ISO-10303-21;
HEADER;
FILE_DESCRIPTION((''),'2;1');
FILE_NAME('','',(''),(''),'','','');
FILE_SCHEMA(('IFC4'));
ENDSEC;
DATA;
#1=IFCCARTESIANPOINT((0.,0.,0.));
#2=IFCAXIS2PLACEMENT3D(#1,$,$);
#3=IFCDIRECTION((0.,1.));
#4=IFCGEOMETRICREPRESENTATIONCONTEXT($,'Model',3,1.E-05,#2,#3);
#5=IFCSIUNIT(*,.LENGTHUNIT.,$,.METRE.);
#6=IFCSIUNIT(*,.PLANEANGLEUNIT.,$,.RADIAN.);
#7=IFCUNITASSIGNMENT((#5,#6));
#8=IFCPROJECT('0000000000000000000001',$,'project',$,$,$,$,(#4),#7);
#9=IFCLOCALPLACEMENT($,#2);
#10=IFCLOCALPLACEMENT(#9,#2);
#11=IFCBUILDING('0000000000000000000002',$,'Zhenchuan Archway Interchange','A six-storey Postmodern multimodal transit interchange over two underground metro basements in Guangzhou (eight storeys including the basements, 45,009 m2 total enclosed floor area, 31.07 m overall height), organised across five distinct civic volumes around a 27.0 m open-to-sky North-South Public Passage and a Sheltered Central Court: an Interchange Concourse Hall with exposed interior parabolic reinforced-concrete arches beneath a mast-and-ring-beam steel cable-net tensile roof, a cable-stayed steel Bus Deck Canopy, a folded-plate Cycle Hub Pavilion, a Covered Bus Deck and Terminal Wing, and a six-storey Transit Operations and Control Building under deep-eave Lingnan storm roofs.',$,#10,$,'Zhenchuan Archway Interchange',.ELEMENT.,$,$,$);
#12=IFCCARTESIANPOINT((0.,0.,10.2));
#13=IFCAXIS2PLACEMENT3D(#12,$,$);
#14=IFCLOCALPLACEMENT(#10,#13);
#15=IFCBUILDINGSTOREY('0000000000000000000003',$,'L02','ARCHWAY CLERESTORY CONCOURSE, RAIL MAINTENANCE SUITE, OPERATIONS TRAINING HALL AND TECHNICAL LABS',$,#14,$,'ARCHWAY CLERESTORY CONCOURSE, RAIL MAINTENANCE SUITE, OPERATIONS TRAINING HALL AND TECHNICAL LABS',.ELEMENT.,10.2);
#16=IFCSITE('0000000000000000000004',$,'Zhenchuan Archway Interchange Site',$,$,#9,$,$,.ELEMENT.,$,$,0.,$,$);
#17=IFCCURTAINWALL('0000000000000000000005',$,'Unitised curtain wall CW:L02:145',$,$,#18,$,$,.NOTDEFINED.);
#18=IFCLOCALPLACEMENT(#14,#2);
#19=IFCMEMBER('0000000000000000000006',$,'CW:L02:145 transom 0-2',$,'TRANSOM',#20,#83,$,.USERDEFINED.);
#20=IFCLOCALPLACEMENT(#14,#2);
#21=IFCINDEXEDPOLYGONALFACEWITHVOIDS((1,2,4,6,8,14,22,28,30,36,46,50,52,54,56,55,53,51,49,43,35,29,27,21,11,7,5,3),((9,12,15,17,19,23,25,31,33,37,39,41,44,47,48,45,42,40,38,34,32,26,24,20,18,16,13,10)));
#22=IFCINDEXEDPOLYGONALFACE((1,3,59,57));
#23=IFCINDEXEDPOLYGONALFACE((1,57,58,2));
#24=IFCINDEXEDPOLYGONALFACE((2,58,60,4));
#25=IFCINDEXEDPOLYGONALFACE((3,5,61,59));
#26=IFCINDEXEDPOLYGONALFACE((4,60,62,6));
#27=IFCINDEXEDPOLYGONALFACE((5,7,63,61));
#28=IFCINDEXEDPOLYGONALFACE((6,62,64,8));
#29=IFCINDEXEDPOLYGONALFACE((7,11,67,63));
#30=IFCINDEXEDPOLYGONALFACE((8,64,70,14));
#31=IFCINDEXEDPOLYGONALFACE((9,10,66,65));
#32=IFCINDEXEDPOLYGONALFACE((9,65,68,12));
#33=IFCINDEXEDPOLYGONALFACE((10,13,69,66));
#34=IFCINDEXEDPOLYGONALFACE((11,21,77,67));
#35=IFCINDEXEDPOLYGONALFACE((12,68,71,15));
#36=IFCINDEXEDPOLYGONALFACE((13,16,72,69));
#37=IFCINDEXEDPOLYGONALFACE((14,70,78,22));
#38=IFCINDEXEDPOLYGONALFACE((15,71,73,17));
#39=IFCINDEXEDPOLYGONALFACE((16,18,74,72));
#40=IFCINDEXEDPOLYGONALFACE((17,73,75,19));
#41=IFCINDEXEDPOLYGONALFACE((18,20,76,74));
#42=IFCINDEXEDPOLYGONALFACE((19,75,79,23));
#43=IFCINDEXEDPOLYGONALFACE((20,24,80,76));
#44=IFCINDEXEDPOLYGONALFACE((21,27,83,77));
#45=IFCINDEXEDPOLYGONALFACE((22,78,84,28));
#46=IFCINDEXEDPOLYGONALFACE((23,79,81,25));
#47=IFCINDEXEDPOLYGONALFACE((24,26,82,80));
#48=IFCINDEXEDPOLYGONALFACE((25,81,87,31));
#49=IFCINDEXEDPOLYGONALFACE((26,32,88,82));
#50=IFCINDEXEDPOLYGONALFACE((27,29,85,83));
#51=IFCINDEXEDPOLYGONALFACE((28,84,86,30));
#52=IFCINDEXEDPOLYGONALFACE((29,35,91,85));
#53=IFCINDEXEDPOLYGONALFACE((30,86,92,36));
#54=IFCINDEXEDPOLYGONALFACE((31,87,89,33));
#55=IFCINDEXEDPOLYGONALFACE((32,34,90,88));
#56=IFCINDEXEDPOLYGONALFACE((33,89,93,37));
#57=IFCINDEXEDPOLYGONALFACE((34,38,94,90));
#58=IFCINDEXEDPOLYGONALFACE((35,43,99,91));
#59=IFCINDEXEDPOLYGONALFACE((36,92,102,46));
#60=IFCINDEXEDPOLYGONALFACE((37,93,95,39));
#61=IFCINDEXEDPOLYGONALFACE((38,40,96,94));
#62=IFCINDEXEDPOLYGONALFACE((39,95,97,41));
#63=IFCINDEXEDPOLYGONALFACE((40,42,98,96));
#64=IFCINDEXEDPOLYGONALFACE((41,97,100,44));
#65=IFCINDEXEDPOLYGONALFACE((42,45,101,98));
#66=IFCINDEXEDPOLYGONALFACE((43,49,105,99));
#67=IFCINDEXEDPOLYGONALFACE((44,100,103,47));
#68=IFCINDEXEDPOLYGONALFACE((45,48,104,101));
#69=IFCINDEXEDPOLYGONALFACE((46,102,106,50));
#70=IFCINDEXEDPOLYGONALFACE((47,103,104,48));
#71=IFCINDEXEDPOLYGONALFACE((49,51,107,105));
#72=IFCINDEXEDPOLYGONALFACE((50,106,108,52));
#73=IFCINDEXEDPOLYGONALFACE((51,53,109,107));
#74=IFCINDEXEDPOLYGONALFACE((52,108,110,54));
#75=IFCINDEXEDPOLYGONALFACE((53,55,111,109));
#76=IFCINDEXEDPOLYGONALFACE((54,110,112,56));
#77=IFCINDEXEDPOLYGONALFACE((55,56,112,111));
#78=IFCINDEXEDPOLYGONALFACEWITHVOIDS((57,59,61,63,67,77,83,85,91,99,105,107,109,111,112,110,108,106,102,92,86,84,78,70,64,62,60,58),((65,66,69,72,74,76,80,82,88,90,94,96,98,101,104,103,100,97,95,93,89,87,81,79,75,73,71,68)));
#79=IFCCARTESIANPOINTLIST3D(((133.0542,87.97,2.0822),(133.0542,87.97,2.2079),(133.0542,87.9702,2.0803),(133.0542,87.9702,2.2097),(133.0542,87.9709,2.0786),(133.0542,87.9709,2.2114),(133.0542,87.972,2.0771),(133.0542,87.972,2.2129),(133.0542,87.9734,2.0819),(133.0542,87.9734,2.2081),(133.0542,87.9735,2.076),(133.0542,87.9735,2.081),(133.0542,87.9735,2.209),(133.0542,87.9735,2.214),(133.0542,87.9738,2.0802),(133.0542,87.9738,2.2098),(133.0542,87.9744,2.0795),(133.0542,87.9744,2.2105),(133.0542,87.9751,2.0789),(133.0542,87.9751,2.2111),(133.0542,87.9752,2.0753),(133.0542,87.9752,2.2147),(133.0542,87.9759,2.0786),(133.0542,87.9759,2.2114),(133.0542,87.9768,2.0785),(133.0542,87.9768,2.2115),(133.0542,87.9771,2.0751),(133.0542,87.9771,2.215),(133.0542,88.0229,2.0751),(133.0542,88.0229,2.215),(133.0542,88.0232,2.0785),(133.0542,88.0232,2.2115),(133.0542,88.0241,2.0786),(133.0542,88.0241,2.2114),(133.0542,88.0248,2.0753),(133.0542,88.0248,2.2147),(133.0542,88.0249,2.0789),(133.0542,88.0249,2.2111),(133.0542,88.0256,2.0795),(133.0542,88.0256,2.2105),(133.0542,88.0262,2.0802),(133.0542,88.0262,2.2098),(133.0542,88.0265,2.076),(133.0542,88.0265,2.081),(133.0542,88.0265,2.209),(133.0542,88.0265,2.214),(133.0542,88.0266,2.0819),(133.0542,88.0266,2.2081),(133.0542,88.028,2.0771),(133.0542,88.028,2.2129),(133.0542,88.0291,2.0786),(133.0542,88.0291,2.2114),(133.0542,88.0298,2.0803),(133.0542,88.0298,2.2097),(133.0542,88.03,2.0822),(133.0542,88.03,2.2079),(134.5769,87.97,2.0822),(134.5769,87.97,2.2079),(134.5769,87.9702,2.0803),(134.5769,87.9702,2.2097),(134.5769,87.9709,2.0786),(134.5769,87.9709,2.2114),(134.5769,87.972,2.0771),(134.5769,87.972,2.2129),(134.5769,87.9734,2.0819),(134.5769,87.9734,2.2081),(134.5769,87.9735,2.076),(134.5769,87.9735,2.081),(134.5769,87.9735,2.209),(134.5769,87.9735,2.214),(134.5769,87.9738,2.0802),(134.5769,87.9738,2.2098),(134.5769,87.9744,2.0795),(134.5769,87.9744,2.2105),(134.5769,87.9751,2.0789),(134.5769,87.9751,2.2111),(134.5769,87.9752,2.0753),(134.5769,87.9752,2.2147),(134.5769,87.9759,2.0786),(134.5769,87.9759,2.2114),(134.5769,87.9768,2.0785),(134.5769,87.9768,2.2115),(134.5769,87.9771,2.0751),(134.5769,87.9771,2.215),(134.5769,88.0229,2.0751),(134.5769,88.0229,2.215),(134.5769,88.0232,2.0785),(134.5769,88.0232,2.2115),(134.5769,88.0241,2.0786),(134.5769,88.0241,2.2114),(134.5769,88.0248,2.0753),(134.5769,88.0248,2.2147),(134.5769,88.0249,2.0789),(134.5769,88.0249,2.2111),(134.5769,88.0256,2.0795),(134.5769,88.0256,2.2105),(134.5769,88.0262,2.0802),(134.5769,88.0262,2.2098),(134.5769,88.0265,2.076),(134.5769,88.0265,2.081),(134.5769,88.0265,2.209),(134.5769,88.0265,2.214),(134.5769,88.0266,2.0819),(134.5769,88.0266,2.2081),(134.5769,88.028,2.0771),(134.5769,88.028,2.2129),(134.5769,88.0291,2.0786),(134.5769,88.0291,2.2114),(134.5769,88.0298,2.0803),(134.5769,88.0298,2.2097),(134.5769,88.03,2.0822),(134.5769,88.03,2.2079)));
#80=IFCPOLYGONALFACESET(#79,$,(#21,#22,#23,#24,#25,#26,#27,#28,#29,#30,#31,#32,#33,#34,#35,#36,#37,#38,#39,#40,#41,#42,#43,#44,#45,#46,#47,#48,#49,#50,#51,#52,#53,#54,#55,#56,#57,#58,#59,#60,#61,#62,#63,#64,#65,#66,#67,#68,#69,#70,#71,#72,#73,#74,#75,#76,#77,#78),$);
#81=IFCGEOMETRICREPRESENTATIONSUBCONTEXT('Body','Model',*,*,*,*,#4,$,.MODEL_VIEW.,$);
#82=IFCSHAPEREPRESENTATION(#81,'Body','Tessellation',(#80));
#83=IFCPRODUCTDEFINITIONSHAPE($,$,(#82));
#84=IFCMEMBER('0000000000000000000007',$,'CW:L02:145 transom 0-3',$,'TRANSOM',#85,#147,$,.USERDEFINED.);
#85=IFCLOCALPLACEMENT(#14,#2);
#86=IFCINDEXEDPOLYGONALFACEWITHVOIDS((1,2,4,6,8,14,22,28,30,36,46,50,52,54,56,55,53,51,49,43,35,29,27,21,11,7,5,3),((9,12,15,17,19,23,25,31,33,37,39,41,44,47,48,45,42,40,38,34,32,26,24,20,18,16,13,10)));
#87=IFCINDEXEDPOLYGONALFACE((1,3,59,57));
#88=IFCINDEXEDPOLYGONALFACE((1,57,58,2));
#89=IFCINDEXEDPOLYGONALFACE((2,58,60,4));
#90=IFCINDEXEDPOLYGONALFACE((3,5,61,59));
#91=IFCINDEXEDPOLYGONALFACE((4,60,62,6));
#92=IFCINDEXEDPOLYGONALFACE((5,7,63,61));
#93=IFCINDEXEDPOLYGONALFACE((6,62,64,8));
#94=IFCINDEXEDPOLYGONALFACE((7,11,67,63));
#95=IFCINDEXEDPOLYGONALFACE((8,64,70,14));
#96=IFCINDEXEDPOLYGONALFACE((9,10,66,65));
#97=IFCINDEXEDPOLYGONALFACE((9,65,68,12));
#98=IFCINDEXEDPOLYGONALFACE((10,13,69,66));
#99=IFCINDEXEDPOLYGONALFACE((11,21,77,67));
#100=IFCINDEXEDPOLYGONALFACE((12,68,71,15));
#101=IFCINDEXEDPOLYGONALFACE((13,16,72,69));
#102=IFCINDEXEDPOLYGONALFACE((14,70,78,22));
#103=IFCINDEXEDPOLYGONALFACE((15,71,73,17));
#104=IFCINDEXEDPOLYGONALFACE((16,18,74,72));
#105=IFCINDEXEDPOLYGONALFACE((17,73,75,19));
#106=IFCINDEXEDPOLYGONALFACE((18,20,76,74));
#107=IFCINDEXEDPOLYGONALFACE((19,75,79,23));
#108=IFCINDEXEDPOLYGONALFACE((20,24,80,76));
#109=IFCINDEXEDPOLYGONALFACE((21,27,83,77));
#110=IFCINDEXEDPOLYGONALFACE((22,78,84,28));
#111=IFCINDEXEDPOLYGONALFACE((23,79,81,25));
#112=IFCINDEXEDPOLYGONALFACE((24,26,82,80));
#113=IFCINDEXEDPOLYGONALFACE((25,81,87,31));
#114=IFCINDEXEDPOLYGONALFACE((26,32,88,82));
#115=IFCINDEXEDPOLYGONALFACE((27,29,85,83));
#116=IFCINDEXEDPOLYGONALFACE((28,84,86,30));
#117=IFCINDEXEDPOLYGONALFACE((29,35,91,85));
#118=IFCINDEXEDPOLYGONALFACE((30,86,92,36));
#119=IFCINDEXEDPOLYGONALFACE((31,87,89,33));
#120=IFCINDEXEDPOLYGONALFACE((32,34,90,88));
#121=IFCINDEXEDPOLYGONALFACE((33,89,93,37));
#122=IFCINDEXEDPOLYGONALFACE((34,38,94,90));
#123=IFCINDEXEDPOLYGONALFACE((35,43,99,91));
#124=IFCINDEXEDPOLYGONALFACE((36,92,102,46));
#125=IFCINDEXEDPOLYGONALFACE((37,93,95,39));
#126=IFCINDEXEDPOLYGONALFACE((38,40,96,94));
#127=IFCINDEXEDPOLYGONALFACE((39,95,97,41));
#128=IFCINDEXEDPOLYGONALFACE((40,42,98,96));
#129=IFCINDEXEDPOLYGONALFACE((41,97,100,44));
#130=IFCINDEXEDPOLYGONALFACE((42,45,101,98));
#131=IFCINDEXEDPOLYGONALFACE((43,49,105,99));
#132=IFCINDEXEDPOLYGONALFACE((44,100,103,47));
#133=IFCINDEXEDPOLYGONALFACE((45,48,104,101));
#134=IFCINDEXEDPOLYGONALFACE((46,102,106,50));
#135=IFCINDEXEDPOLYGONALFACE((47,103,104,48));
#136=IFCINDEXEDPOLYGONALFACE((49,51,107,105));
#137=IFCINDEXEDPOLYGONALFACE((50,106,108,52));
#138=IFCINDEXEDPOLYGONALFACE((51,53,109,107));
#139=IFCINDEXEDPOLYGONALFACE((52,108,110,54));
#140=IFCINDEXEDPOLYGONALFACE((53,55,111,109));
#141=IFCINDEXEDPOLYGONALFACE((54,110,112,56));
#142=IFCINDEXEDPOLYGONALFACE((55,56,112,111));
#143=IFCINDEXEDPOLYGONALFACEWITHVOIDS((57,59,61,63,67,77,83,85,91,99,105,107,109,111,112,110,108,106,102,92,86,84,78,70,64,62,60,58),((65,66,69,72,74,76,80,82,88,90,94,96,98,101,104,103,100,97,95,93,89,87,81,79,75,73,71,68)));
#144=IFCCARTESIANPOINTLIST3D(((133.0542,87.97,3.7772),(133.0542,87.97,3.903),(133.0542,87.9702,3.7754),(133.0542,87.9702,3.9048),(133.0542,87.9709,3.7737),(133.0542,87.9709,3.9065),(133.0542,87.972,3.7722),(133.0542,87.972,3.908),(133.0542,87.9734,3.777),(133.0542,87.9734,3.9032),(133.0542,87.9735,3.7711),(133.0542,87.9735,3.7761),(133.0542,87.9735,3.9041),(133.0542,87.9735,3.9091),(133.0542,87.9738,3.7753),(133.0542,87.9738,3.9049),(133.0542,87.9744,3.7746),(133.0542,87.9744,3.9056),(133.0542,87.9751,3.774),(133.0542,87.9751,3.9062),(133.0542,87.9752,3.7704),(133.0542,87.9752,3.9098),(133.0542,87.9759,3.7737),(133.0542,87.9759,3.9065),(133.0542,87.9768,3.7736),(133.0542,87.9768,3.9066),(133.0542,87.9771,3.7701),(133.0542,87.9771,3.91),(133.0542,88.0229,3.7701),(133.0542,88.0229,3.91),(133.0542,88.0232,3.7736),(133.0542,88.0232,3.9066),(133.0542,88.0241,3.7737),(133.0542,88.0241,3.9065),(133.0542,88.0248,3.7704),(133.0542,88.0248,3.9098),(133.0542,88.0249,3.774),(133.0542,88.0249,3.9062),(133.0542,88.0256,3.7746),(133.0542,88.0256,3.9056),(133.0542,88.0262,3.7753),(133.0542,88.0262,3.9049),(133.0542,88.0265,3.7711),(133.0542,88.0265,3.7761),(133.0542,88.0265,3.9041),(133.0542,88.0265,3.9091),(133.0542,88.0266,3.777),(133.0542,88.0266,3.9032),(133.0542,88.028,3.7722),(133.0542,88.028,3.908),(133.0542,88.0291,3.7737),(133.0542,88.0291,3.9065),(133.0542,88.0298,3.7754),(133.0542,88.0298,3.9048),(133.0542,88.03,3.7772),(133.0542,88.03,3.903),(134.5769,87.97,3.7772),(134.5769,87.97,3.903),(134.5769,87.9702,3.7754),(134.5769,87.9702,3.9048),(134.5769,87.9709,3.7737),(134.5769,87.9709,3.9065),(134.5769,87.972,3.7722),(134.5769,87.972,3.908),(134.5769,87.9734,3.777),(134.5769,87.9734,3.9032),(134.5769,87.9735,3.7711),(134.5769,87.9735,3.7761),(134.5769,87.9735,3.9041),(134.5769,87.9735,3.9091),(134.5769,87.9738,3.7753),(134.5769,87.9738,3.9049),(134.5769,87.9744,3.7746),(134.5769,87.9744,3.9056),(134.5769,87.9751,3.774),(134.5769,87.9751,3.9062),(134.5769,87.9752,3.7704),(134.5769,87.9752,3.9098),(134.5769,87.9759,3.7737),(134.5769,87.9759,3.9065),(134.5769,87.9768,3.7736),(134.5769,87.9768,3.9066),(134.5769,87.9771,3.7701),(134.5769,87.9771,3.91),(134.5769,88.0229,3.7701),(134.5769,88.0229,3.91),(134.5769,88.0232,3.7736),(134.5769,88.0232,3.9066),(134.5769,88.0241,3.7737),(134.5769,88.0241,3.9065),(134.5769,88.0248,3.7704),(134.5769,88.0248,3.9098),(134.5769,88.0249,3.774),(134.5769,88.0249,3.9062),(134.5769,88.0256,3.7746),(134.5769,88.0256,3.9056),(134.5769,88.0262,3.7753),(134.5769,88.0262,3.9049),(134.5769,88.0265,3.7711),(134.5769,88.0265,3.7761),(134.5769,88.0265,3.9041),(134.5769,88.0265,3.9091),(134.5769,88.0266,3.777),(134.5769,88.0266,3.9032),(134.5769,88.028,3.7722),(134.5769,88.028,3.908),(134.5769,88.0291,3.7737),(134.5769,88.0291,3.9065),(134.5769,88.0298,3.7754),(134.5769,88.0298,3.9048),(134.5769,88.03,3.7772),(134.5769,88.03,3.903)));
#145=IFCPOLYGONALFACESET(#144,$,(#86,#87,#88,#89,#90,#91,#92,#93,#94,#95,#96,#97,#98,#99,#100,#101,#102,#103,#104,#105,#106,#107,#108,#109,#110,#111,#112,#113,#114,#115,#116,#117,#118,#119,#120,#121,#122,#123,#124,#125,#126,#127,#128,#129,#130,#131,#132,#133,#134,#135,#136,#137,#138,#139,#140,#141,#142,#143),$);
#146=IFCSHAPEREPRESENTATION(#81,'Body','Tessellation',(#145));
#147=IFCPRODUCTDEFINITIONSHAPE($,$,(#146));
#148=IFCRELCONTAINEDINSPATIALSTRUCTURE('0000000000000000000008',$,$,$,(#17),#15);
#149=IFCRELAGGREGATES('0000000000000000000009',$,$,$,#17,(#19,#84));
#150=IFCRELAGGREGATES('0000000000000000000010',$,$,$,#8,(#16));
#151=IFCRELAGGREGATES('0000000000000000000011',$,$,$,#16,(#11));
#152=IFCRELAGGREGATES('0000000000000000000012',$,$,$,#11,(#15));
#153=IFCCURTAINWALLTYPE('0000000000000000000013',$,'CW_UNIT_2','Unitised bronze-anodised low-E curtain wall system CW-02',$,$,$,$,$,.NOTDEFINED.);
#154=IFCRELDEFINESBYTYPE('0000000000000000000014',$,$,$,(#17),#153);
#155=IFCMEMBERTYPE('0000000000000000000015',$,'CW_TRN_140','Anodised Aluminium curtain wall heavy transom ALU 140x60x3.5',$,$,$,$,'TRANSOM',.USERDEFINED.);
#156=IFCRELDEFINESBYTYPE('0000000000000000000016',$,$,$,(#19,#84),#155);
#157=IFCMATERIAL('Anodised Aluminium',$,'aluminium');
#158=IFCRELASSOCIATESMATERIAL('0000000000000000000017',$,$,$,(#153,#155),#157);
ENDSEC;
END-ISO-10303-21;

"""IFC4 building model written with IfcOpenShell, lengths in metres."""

from ifc_helpers import new_model, si_unit, direction, frame, origin, origin_2d, place, context, subcontext, project, spatial, hollow_rectangle, extrude, material, material_profile, profile_set, type_object, element, aggregate, save


model = new_model("IFC4")

# Units and contexts
model_context = context("Model", 3, precision=1e-05, world=origin(), true_north=direction((0.0, 1.0)))
body_context = subcontext(model_context, "Body", "Model", "MODEL_VIEW")
ifc_project = project(units=[si_unit("LENGTHUNIT", "METRE"), si_unit("PLANEANGLEUNIT", "RADIAN")], contexts=[model_context])

# Site, building, storey
site_placement = place(None, origin())
site = spatial("IfcSite", under=ifc_project, at=site_placement, Name="Zhenchuan Archway Interchange Site", CompositionType="ELEMENT", RefElevation=0.0)
building_placement = place(site_placement, origin())
building = spatial("IfcBuilding", under=site, at=building_placement, Name="Zhenchuan Archway Interchange", Description="A six-storey Postmodern multimodal transit interchange over two underground metro basements in Guangzhou (eight storeys including the basements, 45,009 m2 total enclosed floor area, 31.07 m overall height), organised across five distinct civic volumes around a 27.0 m open-to-sky North-South Public Passage and a Sheltered Central Court: an Interchange Concourse Hall with exposed interior parabolic reinforced-concrete arches beneath a mast-and-ring-beam steel cable-net tensile roof, a cable-stayed steel Bus Deck Canopy, a folded-plate Cycle Hub Pavilion, a Covered Bus Deck and Terminal Wing, and a six-storey Transit Operations and Control Building under deep-eave Lingnan storm roofs.", LongName="Zhenchuan Archway Interchange", CompositionType="ELEMENT")
storey_placement = place(building_placement, frame((0.0, 0.0, 10.2)))
storey = spatial("IfcBuildingStorey", under=building, at=storey_placement, Name="L02", Description="ARCHWAY CLERESTORY CONCOURSE, RAIL MAINTENANCE SUITE, OPERATIONS TRAINING HALL AND TECHNICAL LABS", LongName="ARCHWAY CLERESTORY CONCOURSE, RAIL MAINTENANCE SUITE, OPERATIONS TRAINING HALL AND TECHNICAL LABS", CompositionType="ELEMENT", Elevation=10.2)

# Curtain wall, members
ifc_material_1 = material(Name="Anodised Aluminium", Category="aluminium")
curtain_wall_type = type_object("IfcCurtainWallType", Name="CW_UNIT_2", Description="Unitised bronze-anodised low-E curtain wall system CW-02", PredefinedType="NOTDEFINED", material=ifc_material_1)
curtain_wall_placement = place(storey_placement, origin())
curtain_wall = element("IfcCurtainWall", 1, at=curtain_wall_placement, inside=storey, type_object=curtain_wall_type, Name="Unitised curtain wall CW:L02:145", PredefinedType="NOTDEFINED")
ifc_material_profile_1 = material_profile(ifc_material_1, hollow_rectangle(XDim=0.0601, YDim=0.1399, WallThickness=0.0034, InnerFilletRadius=0.0034, OuterFilletRadius=0.0071, at=origin_2d()), Name="ALU 140x60x3.5")
ifc_profile_set_1 = profile_set([ifc_material_profile_1], Name="Anodised Aluminium")
member_type_1 = type_object("IfcMemberType", Name="CW_TRN_140", Description="Anodised Aluminium curtain wall heavy transom ALU 140x60x3.5", ElementType="TRANSOM", PredefinedType="USERDEFINED", material=ifc_profile_set_1)
member_1_placement = place(storey_placement, frame((134.5769, 88.0, 2.145), z_axis=(-1.0, 0.0, 0.0), x_axis=(0.0, -1.0, 0.0)))
member_1 = element("IfcMember", 2, at=member_1_placement, type_object=member_type_1, Name="CW:L02:145 transom 0-2", ObjectType="TRANSOM", PredefinedType="USERDEFINED", context=body_context, shape_type="SweptSolid", body=[
    extrude(hollow_rectangle(XDim=0.0601, YDim=0.1399, WallThickness=0.0034, InnerFilletRadius=0.0034, OuterFilletRadius=0.0071, at=origin_2d()), origin(), (0.0, 0.0, 1.0), 1.5227),
])
member_2_placement = place(storey_placement, frame((134.5769, 88.0, 3.8401), z_axis=(-1.0, 0.0, 0.0), x_axis=(0.0, -1.0, 0.0)))
member_2 = element("IfcMember", 3, at=member_2_placement, type_object=member_type_1, Name="CW:L02:145 transom 0-3", ObjectType="TRANSOM", PredefinedType="USERDEFINED", context=body_context, shape_type="SweptSolid", body=[
    extrude(hollow_rectangle(XDim=0.0601, YDim=0.1399, WallThickness=0.0034, InnerFilletRadius=0.0034, OuterFilletRadius=0.0071, at=origin_2d()), origin(), (0.0, 0.0, 1.0), 1.5227),
])

aggregate(curtain_wall, [member_1, member_2])

save(model, "model.ifc")
